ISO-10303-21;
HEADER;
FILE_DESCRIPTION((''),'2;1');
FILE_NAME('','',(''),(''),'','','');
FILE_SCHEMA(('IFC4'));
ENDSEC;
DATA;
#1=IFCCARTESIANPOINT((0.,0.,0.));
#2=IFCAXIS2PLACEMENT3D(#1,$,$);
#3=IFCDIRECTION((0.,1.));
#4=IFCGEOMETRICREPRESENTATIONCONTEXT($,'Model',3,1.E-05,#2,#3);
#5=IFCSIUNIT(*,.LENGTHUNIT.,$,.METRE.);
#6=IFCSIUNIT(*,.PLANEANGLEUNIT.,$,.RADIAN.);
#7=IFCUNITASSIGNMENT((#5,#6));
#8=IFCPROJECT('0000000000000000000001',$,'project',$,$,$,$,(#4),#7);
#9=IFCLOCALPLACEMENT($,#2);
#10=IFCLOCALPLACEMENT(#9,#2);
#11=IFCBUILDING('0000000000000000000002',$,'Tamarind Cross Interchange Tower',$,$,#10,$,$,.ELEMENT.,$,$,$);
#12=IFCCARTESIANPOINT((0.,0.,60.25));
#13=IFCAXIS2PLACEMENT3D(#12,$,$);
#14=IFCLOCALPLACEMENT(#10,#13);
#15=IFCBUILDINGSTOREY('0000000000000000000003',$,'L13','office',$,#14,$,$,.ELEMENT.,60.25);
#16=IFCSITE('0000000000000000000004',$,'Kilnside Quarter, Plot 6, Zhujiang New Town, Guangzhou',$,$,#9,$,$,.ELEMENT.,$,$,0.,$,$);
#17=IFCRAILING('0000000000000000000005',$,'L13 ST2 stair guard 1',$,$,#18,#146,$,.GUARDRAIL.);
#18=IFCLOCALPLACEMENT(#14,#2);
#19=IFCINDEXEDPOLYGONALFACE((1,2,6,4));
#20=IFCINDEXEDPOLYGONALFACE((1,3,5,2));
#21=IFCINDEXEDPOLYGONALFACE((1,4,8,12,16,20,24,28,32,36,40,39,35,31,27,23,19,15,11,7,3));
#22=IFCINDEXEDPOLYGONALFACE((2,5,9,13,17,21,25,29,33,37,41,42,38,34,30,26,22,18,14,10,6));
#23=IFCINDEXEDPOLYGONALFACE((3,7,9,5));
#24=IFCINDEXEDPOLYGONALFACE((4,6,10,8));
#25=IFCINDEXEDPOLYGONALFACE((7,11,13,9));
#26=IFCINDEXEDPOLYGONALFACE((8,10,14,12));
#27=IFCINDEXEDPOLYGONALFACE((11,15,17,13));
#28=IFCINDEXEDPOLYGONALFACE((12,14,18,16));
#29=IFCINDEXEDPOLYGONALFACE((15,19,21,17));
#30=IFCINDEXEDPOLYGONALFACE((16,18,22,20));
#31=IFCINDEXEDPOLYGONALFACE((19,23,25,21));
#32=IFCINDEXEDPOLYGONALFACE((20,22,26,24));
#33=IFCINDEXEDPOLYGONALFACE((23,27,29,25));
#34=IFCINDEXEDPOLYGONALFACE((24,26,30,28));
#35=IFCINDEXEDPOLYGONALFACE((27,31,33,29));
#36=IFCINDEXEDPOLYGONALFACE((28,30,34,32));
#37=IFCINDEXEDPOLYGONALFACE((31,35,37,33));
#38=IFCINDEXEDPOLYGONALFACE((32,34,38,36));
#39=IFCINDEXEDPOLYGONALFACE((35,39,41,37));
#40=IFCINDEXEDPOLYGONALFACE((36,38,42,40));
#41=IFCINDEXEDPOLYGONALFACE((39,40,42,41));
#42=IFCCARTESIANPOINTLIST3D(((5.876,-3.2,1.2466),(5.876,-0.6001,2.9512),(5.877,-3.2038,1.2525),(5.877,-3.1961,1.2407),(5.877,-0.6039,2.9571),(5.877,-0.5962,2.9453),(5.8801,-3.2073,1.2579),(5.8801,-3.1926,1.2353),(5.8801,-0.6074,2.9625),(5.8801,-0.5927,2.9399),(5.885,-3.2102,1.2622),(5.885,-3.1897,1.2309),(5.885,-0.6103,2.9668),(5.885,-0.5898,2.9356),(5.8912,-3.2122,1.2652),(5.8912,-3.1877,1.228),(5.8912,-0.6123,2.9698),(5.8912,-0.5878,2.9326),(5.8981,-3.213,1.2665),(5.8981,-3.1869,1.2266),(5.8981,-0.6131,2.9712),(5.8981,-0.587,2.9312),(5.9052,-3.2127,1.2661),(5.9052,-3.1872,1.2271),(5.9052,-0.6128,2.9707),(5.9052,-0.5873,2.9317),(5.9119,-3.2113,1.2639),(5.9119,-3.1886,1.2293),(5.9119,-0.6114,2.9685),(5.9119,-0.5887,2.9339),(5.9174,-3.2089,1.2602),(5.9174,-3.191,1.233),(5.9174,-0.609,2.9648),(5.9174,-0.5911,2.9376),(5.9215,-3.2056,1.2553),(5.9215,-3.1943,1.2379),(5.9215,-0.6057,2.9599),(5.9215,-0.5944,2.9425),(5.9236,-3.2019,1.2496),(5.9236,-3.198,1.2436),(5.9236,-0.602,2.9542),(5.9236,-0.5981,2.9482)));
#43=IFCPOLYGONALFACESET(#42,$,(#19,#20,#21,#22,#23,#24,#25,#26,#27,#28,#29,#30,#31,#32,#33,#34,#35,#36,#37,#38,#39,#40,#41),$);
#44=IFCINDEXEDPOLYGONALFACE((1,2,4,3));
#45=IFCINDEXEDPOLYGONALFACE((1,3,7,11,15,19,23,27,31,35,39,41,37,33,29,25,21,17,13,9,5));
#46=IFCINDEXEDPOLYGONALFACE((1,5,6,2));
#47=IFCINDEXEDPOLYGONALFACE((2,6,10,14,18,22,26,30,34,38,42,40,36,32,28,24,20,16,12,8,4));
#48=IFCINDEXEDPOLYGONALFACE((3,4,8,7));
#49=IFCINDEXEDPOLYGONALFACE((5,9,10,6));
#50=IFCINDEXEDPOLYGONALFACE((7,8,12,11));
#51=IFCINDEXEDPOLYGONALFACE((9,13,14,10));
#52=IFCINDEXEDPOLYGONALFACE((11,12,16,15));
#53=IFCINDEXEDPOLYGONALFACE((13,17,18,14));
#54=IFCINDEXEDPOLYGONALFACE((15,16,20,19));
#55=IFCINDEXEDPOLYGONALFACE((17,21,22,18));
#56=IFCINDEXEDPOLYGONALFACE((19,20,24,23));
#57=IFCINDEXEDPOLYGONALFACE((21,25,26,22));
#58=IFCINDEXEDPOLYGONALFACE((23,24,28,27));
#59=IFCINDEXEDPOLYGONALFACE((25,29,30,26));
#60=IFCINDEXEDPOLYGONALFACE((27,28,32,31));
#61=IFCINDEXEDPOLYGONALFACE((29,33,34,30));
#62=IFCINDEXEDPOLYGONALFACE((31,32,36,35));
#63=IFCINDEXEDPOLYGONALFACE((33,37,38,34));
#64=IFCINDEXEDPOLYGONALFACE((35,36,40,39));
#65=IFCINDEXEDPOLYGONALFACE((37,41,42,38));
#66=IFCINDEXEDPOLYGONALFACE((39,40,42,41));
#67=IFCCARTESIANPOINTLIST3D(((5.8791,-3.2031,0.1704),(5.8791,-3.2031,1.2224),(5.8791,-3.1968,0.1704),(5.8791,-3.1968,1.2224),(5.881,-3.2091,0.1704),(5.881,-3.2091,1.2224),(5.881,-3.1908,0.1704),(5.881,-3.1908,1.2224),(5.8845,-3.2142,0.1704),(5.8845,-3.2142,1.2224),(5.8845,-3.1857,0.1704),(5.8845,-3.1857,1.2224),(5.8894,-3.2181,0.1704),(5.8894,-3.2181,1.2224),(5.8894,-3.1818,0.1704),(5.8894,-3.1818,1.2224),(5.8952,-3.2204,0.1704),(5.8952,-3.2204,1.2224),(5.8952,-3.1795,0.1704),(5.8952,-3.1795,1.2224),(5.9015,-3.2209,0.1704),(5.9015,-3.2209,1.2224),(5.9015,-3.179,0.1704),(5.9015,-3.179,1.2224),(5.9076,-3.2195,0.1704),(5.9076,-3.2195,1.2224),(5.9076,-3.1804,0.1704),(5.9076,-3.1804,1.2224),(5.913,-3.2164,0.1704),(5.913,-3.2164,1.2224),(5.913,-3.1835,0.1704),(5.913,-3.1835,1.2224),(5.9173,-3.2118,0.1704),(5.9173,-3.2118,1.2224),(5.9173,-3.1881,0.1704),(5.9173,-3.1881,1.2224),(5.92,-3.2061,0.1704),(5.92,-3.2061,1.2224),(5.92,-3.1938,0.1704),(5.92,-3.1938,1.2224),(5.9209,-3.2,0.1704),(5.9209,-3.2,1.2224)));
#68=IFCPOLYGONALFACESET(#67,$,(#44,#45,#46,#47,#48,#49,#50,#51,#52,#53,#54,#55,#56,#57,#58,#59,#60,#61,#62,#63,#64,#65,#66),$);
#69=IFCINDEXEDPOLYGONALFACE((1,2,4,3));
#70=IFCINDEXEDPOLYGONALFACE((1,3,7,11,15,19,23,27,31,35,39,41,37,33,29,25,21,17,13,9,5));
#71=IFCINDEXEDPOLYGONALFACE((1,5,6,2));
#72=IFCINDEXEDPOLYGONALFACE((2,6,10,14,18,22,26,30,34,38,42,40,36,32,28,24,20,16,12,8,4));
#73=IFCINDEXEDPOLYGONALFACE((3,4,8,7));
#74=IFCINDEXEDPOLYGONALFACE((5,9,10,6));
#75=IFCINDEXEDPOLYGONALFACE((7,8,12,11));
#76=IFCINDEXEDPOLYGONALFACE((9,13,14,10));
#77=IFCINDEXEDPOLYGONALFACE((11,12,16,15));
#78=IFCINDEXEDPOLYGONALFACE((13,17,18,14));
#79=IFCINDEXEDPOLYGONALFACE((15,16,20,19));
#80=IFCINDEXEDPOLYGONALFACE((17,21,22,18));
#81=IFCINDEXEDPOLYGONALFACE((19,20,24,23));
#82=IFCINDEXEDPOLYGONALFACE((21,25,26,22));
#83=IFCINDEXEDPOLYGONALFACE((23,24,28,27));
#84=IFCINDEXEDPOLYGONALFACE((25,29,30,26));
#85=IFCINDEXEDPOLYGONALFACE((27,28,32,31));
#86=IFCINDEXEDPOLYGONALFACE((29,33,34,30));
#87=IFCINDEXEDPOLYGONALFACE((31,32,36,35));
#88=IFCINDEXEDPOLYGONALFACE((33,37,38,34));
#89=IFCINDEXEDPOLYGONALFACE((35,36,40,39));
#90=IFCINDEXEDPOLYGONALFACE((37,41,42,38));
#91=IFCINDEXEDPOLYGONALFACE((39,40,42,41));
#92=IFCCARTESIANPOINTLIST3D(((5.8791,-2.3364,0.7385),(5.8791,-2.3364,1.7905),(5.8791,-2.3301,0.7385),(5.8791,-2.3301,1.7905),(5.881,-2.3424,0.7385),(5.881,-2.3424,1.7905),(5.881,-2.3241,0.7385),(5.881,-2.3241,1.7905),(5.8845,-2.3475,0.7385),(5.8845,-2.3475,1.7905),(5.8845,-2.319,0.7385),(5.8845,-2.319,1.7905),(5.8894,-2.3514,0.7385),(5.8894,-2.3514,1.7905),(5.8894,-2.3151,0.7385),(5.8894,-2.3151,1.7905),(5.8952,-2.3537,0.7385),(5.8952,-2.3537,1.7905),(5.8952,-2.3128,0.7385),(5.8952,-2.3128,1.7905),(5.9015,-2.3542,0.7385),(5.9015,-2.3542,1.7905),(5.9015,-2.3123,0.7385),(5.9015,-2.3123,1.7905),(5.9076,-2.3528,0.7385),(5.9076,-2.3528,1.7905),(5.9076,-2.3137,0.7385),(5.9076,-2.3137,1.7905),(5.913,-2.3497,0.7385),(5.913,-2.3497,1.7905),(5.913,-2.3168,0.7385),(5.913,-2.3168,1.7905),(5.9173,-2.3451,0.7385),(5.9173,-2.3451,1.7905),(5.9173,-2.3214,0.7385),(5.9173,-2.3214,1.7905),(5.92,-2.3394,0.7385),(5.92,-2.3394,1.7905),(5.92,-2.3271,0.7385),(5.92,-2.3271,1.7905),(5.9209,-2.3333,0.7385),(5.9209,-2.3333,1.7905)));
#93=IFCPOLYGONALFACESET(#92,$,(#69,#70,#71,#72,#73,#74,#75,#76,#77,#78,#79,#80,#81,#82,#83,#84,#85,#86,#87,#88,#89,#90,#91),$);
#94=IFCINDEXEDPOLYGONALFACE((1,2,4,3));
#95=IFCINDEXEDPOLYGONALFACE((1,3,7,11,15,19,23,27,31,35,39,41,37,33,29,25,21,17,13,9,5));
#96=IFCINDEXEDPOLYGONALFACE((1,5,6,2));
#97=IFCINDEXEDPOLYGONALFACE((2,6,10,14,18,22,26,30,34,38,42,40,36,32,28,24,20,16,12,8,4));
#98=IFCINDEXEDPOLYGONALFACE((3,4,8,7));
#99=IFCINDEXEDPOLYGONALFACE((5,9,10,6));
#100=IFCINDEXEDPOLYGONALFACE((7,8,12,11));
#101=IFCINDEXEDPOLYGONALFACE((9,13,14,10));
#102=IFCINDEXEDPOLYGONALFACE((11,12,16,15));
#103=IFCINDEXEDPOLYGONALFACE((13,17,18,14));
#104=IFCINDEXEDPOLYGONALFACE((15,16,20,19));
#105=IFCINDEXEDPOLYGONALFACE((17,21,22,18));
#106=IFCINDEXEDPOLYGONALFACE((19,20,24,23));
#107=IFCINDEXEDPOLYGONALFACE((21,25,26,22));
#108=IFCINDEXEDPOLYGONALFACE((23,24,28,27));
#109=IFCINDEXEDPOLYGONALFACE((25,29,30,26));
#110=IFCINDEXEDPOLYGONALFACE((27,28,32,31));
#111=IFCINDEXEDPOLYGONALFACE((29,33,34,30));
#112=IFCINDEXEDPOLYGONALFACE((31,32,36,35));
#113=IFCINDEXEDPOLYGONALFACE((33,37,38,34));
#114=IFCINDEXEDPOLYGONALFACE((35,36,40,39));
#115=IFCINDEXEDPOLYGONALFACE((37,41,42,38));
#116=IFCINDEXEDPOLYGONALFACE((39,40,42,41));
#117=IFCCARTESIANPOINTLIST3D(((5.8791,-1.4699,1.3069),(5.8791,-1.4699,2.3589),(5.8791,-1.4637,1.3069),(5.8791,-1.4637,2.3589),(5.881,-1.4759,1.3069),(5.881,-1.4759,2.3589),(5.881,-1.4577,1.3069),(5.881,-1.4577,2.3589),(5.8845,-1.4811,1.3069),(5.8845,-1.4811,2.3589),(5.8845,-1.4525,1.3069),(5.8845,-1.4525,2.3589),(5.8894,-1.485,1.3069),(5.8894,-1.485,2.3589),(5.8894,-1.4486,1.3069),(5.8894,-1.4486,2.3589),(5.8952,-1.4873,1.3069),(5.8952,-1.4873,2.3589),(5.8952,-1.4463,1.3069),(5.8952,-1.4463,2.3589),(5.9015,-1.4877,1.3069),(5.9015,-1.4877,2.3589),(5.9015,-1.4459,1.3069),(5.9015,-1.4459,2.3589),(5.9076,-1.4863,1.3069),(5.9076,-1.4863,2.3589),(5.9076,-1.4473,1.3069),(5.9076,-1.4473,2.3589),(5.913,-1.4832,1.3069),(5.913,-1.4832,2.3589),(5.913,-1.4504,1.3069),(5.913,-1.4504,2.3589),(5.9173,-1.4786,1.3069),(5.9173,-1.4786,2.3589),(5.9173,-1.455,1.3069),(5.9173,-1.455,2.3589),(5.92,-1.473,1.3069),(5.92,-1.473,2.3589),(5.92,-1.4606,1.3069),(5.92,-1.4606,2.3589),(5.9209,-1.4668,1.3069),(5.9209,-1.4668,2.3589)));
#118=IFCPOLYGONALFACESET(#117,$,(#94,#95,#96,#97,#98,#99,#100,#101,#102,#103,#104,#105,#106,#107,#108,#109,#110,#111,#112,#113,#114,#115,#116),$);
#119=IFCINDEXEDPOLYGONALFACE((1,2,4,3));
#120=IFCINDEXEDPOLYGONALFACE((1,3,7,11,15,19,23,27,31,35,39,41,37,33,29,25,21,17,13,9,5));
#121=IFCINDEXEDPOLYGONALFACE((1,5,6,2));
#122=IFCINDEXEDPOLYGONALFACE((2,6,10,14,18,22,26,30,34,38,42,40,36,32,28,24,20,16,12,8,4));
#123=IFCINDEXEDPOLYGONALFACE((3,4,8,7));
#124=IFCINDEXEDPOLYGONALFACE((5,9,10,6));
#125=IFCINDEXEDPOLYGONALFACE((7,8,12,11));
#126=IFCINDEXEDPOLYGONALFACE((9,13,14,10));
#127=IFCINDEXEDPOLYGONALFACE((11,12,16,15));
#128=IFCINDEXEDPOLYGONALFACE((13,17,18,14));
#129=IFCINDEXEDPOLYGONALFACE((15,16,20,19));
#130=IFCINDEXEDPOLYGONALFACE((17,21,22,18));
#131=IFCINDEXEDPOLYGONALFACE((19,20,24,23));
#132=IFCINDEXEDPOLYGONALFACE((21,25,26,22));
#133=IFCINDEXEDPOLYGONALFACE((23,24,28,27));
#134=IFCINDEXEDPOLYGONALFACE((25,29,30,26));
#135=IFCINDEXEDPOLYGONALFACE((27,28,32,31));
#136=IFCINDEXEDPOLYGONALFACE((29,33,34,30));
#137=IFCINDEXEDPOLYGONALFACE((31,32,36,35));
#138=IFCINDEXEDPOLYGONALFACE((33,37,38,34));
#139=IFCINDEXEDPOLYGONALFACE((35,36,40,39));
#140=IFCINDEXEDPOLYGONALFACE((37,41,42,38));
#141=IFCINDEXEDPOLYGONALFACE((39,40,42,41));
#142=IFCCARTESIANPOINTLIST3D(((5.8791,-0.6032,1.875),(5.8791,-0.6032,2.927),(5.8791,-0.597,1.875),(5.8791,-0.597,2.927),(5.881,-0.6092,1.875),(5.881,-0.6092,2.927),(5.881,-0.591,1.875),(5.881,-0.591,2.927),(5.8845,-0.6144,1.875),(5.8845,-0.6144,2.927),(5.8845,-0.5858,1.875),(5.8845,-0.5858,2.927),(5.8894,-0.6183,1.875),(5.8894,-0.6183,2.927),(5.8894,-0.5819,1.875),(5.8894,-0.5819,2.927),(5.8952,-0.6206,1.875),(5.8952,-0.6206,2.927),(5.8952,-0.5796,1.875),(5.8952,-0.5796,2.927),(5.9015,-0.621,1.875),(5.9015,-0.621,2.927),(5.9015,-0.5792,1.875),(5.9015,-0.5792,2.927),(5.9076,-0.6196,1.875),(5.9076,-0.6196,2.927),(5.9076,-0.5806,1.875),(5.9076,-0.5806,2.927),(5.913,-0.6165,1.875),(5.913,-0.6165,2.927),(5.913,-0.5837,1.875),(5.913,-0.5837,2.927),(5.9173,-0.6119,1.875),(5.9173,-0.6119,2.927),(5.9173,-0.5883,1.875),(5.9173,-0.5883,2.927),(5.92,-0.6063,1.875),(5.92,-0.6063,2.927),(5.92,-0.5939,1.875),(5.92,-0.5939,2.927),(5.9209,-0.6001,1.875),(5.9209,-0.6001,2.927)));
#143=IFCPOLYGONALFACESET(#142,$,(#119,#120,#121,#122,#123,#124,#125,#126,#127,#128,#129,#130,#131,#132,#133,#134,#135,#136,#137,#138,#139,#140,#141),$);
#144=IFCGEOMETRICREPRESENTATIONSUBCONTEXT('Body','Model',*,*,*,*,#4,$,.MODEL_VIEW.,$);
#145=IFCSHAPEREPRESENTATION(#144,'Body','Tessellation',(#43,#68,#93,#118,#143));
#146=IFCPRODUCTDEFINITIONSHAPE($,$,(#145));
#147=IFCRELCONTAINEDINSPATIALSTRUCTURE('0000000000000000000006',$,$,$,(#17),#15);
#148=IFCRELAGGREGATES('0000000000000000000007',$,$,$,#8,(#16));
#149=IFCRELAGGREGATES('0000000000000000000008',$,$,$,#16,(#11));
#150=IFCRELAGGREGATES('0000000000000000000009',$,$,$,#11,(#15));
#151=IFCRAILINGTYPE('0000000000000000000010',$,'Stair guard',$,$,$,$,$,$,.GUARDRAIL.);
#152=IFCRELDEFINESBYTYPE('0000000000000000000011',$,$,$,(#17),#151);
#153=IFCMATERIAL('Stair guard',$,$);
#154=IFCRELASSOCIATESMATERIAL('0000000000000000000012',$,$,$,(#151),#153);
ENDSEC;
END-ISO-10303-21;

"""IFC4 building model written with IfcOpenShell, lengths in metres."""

from ifc_helpers import new_model, si_unit, direction, frame, origin, origin_2d, place, context, subcontext, project, spatial, circle, extrude, material, type_object, element, save


model = new_model("IFC4")

# Units and contexts
model_context = context("Model", 3, precision=1e-05, world=origin(), true_north=direction((0.0, 1.0)))
body_context = subcontext(model_context, "Body", "Model", "MODEL_VIEW")
ifc_project = project(units=[si_unit("LENGTHUNIT", "METRE"), si_unit("PLANEANGLEUNIT", "RADIAN")], contexts=[model_context])

# Site, building, storey
site_placement = place(None, origin())
site = spatial("IfcSite", under=ifc_project, at=site_placement, Name="Kilnside Quarter, Plot 6, Zhujiang New Town, Guangzhou", CompositionType="ELEMENT", RefElevation=0.0)
building_placement = place(site_placement, origin())
building = spatial("IfcBuilding", under=site, at=building_placement, Name="Tamarind Cross Interchange Tower", CompositionType="ELEMENT")
storey_placement = place(building_placement, frame((0.0, 0.0, 60.25)))
storey = spatial("IfcBuildingStorey", under=building, at=storey_placement, Name="L13", Description="office", CompositionType="ELEMENT", Elevation=60.25)

# Railing
ifc_material_1 = material(Name="Stair guard")
railing_type_1 = type_object("IfcRailingType", Name="Stair guard", PredefinedType="GUARDRAIL", material=ifc_material_1)
railing_1_placement = place(storey_placement, frame((5.8999, -3.2, 0.1704)))
element("IfcRailing", 1, at=railing_1_placement, inside=storey, type_object=railing_type_1, Name="L13 ST2 stair guard 1", PredefinedType="GUARDRAIL", context=body_context, shape_type="SweptSolid", body=[
    extrude(circle(Radius=0.0239, at=origin_2d()), frame((0.0, 0.0, 1.0762), z_axis=(0.0, 0.836279, 0.548305), x_axis=(-1.0, 0.0, 0.0)), (0.0, 0.0, 1.0), 3.1089),
    extrude(circle(Radius=0.021, at=origin_2d()), origin(), (0.0, 0.0, 1.0), 1.052),
    extrude(circle(Radius=0.021, at=origin_2d()), frame((0.0, 0.8667, 0.5681)), (0.0, 0.0, 1.0), 1.052),
    extrude(circle(Radius=0.021, at=origin_2d()), frame((0.0, 1.7332, 1.1365)), (0.0, 0.0, 1.0), 1.052),
    extrude(circle(Radius=0.021, at=origin_2d()), frame((0.0, 2.5999, 1.7046)), (0.0, 0.0, 1.0), 1.052),
])

save(model, "model.ifc")
